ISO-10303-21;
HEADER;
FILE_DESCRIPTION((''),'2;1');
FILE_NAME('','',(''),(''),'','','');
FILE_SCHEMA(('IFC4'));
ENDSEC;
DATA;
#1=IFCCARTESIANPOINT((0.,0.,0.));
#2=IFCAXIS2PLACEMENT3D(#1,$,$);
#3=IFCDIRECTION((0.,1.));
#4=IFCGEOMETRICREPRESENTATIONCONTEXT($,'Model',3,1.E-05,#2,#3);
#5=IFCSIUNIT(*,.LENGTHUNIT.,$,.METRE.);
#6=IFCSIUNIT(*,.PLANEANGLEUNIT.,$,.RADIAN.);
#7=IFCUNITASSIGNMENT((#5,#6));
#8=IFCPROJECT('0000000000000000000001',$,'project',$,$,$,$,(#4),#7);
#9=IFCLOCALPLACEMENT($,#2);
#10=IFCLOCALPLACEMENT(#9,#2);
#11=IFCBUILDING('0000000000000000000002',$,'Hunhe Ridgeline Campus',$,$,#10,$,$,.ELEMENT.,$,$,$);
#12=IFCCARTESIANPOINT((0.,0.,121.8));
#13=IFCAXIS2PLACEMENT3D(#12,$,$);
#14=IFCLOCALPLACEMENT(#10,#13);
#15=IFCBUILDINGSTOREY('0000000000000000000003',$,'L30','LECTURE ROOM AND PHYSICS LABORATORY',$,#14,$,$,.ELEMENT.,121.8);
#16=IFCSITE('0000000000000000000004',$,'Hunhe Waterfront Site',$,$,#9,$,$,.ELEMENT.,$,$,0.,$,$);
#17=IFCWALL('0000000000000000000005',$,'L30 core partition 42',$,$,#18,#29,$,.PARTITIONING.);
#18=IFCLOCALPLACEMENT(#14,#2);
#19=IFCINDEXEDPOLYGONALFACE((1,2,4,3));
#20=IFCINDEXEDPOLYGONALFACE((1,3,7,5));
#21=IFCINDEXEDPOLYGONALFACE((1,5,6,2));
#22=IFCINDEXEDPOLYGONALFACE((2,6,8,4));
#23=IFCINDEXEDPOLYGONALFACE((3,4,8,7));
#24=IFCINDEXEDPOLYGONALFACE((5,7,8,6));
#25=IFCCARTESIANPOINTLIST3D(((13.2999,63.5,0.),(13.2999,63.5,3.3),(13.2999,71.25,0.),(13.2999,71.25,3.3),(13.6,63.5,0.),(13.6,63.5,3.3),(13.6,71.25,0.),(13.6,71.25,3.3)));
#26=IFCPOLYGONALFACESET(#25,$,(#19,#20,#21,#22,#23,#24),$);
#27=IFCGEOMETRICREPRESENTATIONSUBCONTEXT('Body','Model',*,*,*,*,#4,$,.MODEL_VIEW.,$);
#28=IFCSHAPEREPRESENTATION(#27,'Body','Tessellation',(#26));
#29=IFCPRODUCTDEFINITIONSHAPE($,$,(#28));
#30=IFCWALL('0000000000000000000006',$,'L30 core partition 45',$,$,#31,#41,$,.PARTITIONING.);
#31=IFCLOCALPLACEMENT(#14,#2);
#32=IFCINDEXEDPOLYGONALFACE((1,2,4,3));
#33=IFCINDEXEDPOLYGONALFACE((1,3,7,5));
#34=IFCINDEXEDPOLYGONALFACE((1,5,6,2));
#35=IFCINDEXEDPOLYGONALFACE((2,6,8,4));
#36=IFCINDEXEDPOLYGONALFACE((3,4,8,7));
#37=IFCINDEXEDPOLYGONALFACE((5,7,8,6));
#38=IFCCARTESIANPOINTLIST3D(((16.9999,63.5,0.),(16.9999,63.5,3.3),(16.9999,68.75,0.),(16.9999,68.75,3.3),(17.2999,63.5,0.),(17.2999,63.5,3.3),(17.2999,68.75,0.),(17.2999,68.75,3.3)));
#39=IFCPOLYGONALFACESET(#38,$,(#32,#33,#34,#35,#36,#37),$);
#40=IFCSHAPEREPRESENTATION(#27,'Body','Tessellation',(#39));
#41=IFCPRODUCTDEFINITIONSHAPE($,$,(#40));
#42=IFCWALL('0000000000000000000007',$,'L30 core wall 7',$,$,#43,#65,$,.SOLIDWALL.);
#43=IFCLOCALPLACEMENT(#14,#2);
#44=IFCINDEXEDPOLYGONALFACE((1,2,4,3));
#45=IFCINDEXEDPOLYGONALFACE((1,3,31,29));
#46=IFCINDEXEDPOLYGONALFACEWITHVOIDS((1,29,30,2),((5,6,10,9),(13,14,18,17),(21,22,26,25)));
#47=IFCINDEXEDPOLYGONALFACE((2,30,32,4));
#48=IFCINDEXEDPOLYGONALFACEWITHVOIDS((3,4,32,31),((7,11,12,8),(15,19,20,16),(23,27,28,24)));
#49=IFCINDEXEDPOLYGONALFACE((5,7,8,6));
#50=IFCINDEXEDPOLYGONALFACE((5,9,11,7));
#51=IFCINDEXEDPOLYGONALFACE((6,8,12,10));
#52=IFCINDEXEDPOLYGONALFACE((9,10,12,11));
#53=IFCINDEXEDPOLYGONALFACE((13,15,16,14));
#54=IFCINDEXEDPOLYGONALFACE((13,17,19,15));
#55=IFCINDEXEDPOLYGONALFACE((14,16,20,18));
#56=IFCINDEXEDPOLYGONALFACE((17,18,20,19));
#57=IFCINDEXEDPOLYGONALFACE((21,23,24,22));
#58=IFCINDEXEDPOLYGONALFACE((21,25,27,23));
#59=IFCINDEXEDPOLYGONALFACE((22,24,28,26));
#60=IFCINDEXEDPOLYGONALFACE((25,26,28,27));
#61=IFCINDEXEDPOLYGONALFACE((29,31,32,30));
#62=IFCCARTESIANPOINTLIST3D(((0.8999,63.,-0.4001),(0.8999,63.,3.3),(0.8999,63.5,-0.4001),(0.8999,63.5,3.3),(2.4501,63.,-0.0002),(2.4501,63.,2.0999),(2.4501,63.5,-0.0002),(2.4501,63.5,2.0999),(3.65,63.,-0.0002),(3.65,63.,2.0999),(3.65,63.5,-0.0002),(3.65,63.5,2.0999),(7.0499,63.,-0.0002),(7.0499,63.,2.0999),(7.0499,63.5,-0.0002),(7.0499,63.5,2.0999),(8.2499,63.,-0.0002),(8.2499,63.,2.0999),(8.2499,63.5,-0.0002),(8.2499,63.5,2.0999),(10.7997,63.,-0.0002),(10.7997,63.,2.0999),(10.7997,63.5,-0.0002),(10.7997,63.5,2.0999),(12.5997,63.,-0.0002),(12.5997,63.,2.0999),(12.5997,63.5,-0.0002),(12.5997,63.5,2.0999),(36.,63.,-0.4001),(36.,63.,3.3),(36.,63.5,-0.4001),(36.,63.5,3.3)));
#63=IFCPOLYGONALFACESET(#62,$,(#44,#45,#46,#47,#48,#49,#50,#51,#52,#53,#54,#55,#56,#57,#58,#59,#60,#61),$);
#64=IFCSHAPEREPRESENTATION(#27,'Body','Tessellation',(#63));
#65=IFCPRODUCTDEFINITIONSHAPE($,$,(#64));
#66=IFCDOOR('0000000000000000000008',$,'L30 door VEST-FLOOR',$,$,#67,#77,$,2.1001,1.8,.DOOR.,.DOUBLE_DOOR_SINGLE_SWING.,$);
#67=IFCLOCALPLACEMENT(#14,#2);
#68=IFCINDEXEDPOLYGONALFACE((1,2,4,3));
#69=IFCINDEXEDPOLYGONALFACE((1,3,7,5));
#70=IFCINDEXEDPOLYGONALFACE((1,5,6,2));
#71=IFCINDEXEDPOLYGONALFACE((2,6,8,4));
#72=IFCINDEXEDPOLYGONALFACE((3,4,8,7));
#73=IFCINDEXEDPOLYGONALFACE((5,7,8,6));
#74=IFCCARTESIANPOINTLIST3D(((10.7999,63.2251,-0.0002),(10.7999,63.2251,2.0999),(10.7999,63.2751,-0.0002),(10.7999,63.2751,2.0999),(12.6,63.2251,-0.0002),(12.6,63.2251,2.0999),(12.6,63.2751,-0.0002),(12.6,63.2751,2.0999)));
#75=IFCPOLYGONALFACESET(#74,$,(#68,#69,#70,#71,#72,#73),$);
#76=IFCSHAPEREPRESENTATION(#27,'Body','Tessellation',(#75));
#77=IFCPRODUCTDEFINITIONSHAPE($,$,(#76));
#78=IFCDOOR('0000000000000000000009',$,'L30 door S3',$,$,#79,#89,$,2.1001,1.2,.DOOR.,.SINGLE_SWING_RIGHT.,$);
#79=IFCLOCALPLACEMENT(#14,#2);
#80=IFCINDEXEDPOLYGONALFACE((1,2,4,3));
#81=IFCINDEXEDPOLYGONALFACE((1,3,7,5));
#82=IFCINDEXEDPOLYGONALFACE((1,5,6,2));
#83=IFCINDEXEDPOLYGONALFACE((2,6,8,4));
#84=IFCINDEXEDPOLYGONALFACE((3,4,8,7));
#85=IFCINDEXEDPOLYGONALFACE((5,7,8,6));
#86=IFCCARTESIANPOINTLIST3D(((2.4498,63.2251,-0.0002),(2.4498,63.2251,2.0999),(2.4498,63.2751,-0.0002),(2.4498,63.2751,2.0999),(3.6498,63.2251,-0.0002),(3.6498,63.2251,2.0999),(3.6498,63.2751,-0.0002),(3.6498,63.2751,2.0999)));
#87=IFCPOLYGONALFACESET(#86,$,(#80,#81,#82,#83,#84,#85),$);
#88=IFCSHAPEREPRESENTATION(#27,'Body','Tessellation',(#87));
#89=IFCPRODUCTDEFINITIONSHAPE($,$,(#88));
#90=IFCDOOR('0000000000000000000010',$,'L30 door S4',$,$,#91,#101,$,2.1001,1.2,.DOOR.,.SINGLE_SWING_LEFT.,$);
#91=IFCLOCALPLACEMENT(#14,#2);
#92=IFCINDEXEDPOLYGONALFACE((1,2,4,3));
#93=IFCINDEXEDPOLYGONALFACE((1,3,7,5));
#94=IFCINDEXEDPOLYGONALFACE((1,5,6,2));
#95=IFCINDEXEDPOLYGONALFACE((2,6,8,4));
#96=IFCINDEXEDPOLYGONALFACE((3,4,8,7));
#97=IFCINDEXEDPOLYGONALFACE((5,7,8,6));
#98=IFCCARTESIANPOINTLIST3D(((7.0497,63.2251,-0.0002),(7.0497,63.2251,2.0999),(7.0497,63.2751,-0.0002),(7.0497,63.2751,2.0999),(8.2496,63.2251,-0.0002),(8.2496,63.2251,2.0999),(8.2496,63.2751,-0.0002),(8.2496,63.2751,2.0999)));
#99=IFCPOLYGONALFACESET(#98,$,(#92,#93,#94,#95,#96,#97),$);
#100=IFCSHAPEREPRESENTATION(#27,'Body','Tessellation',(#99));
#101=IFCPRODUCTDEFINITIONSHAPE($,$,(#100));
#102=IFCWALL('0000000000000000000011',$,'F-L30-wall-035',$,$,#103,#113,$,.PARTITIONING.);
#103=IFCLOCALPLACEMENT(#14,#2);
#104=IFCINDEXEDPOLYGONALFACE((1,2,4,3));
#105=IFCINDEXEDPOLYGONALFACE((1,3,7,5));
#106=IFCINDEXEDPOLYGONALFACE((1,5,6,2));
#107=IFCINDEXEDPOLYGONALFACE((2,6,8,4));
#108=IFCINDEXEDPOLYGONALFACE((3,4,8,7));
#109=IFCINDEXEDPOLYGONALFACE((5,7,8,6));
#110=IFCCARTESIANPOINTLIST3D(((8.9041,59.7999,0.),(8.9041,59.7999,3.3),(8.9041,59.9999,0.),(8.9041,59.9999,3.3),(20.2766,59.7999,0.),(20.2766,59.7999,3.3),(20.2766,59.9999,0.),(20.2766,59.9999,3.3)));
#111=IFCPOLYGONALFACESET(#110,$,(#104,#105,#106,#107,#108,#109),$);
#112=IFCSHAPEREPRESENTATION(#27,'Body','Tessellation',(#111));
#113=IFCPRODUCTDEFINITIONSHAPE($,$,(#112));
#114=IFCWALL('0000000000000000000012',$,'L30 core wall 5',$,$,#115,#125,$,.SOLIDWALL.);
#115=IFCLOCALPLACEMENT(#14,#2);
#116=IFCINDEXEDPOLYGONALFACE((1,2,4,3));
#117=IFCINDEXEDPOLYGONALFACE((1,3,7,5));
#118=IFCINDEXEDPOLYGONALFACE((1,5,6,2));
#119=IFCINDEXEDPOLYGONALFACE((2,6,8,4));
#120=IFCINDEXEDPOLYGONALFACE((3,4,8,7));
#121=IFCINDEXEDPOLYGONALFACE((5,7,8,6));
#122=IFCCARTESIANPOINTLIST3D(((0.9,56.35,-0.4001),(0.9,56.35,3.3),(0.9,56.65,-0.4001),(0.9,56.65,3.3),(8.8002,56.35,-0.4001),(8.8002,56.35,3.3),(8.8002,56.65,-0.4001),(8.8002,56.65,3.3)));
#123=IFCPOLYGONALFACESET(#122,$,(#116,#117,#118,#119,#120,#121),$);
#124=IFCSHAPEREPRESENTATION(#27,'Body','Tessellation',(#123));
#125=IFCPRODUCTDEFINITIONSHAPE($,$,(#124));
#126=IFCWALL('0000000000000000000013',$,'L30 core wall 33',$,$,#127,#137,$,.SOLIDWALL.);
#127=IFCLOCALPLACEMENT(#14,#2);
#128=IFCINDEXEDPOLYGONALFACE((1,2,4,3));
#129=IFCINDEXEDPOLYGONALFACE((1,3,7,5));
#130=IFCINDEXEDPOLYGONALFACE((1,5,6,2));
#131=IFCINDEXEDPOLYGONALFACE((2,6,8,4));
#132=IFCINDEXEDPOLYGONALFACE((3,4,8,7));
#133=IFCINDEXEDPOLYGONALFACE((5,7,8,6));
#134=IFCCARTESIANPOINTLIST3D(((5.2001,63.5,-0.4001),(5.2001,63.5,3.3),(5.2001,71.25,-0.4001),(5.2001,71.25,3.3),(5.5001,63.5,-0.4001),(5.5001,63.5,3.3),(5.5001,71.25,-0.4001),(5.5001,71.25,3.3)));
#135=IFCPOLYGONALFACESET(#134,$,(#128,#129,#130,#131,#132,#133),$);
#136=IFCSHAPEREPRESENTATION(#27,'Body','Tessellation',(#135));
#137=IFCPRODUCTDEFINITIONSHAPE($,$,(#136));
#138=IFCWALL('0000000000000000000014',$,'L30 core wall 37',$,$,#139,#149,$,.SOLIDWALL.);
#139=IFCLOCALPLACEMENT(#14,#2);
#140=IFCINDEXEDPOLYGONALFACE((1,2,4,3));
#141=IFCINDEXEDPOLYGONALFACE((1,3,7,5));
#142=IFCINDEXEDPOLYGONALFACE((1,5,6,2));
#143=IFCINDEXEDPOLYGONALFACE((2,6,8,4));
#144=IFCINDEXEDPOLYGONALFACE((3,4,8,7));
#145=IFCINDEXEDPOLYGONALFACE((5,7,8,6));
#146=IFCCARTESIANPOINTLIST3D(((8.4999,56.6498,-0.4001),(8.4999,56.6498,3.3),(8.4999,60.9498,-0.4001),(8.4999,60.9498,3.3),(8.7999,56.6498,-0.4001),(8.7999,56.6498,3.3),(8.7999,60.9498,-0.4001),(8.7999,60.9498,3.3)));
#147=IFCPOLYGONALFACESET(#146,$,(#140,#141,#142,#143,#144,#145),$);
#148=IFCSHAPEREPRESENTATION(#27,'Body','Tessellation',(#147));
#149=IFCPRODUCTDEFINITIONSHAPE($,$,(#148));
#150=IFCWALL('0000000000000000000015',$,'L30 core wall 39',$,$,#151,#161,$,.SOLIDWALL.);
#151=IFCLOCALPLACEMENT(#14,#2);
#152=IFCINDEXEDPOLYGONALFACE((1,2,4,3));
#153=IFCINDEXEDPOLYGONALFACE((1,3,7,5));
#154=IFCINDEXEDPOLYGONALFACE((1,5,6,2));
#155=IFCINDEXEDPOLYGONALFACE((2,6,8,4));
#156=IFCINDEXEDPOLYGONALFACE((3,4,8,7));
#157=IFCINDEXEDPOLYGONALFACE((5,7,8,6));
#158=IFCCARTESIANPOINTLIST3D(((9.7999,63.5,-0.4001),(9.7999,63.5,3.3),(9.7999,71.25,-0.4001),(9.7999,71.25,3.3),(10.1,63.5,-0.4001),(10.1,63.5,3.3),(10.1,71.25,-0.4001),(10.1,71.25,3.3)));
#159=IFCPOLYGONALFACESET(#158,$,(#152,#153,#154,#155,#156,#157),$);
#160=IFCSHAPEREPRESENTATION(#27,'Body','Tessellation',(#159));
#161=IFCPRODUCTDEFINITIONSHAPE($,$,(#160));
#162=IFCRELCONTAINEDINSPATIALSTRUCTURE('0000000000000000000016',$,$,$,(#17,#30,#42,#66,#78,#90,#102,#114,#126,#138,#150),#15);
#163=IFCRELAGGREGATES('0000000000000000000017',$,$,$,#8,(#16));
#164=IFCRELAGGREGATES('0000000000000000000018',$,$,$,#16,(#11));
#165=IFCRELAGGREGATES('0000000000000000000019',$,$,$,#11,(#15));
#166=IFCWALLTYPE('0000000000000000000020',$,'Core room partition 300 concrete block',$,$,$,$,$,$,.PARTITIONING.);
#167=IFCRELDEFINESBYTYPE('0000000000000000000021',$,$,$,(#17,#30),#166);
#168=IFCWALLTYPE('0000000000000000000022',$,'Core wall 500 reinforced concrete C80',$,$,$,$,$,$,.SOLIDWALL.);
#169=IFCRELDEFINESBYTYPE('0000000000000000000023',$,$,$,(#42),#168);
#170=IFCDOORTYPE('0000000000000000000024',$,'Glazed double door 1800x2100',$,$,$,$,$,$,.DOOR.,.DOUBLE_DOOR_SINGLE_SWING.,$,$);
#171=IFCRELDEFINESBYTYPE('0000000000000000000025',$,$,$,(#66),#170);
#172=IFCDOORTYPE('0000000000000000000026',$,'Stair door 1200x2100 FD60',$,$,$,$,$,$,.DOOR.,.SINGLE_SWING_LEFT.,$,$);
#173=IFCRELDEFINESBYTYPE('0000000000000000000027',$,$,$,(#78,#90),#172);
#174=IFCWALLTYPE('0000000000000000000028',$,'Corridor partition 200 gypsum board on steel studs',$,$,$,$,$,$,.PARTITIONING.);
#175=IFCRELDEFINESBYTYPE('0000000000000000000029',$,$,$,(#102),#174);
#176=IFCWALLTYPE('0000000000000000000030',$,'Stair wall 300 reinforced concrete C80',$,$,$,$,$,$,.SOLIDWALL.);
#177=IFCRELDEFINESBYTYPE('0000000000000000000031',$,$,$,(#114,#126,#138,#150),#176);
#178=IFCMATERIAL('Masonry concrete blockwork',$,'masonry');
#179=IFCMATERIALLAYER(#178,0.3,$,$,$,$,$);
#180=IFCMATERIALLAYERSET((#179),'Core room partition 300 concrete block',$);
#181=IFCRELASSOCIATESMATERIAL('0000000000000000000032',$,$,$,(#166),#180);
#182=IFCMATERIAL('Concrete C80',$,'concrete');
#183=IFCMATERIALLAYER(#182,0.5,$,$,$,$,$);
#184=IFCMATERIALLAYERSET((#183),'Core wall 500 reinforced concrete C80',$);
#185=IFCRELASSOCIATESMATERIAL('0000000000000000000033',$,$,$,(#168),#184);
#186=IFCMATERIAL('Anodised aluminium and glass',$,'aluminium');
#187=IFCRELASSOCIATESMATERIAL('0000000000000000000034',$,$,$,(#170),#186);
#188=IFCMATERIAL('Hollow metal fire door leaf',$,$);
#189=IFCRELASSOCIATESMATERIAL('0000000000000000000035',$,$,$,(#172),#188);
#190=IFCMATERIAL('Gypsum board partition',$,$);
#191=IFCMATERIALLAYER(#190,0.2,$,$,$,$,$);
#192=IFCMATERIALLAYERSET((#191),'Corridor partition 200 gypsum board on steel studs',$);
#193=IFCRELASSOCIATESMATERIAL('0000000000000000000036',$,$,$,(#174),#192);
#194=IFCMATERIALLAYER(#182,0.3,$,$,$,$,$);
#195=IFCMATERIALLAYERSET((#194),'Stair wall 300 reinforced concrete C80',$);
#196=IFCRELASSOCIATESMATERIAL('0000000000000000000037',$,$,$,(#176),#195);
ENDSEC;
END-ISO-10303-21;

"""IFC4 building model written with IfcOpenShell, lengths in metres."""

from ifc_helpers import new_model, si_unit, direction, frame, frame_2d, origin, place, context, subcontext, project, spatial, rectangle, extrude, material, layer, layer_set, type_object, element, fill, save


model = new_model("IFC4")

# Units and contexts
model_context = context("Model", 3, precision=1e-05, world=origin(), true_north=direction((0.0, 1.0)))
body_context = subcontext(model_context, "Body", "Model", "MODEL_VIEW")
ifc_project = project(units=[si_unit("LENGTHUNIT", "METRE"), si_unit("PLANEANGLEUNIT", "RADIAN")], contexts=[model_context])

# Site, building, storey
site_placement = place(None, origin())
site = spatial("IfcSite", under=ifc_project, at=site_placement, Name="Hunhe Waterfront Site", CompositionType="ELEMENT", RefElevation=0.0)
building_placement = place(site_placement, origin())
building = spatial("IfcBuilding", under=site, at=building_placement, Name="Hunhe Ridgeline Campus", CompositionType="ELEMENT")
storey_placement = place(building_placement, frame((0.0, 0.0, 121.8)))
storey = spatial("IfcBuildingStorey", under=building, at=storey_placement, Name="L30", Description="LECTURE ROOM AND PHYSICS LABORATORY", CompositionType="ELEMENT", Elevation=121.8)

# Walls
ifc_material_1 = material(Name="Masonry concrete blockwork", Category="masonry")
ifc_layer_1 = layer(ifc_material_1, 0.3)
ifc_layer_set_1 = layer_set([ifc_layer_1], Name="Core room partition 300 concrete block")
wall_type_1 = type_object("IfcWallType", Name="Core room partition 300 concrete block", PredefinedType="PARTITIONING", material=ifc_layer_set_1)
wall_1_placement = place(storey_placement, frame((13.45, 63.5, 0.0), z_axis=(0.0, 0.0, 1.0), x_axis=(0.0, 1.0, 0.0)))
element("IfcWall", 1, at=wall_1_placement, inside=storey, type_object=wall_type_1, Name="L30 core partition 42", PredefinedType="PARTITIONING", context=body_context, shape_type="SweptSolid", body=[
    extrude(rectangle(XDim=7.75, YDim=0.3, at=frame_2d((3.875, 0.0))), origin(), (0.0, 0.0, 1.0), 3.3),
])
wall_2_placement = place(storey_placement, frame((17.1499, 63.5, 0.0), z_axis=(0.0, 0.0, 1.0), x_axis=(0.0, 1.0, 0.0)))
element("IfcWall", 2, at=wall_2_placement, inside=storey, type_object=wall_type_1, Name="L30 core partition 45", PredefinedType="PARTITIONING", context=body_context, shape_type="SweptSolid", body=[
    extrude(rectangle(XDim=5.25, YDim=0.3, at=frame_2d((2.625, 0.0))), origin(), (0.0, 0.0, 1.0), 3.3),
])

# Wall, openings, doors
ifc_material_2 = material(Name="Concrete C80", Category="concrete")
ifc_layer_2 = layer(ifc_material_2, 0.5)
ifc_layer_set_2 = layer_set([ifc_layer_2], Name="Core wall 500 reinforced concrete C80")
wall_type_2 = type_object("IfcWallType", Name="Core wall 500 reinforced concrete C80", PredefinedType="SOLIDWALL", material=ifc_layer_set_2)
wall_3_placement = place(storey_placement, frame((0.8999, 63.25, -0.4001), z_axis=(0.0, 0.0, 1.0), x_axis=(1.0, 0.0, 0.0)))
wall_3 = element("IfcWall", 3, at=wall_3_placement, inside=storey, type_object=wall_type_2, Name="L30 core wall 7", PredefinedType="SOLIDWALL", context=body_context, shape_type="SweptSolid", body=[
    extrude(rectangle(XDim=35.1001, YDim=0.5, at=frame_2d((17.55, 0.0))), origin(), (0.0, 0.0, 1.0), 3.7002),
])
opening_1_placement = place(wall_3_placement, frame((9.8999, 0.0, 0.3999)))
opening_1 = element("IfcOpeningElement", 4, at=opening_1_placement, cuts=wall_3, PredefinedType="OPENING", context=body_context, shape_type="SweptSolid", body=[
    extrude(rectangle(XDim=1.8, YDim=2.1001, at=frame_2d((0.8999, 1.05))), frame((0.0, 0.25, 0.0), z_axis=(0.0, -1.0, 0.0), x_axis=(1.0, 0.0, 0.0)), (0.0, 0.0, 1.0), 0.5),
])
opening_2_placement = place(wall_3_placement, frame((1.55, 0.0, 0.3999)))
opening_2 = element("IfcOpeningElement", 5, at=opening_2_placement, cuts=wall_3, PredefinedType="OPENING", context=body_context, shape_type="SweptSolid", body=[
    extrude(rectangle(XDim=1.2, YDim=2.1001, at=frame_2d((0.6001, 1.05))), frame((0.0, 0.25, 0.0), z_axis=(0.0, -1.0, 0.0), x_axis=(1.0, 0.0, 0.0)), (0.0, 0.0, 1.0), 0.5),
])
opening_3_placement = place(wall_3_placement, frame((6.1499, 0.0, 0.3999)))
opening_3 = element("IfcOpeningElement", 6, at=opening_3_placement, cuts=wall_3, PredefinedType="OPENING", context=body_context, shape_type="SweptSolid", body=[
    extrude(rectangle(XDim=1.2, YDim=2.1001, at=frame_2d((0.6001, 1.05))), frame((0.0, 0.25, 0.0), z_axis=(0.0, -1.0, 0.0), x_axis=(1.0, 0.0, 0.0)), (0.0, 0.0, 1.0), 0.5),
])
ifc_material_3 = material(Name="Anodised aluminium and glass", Category="aluminium")
door_type_1 = type_object("IfcDoorType", Name="Glazed double door 1800x2100", OperationType="DOUBLE_DOOR_SINGLE_SWING", PredefinedType="DOOR", material=ifc_material_3)
door_1_placement = place(opening_1_placement, frame((1.8, 0.0, 0.0), z_axis=(0.0, 0.0, 1.0), x_axis=(-1.0, 0.0, 0.0)))
door_1 = element("IfcDoor", 7, at=door_1_placement, inside=storey, type_object=door_type_1, Name="L30 door VEST-FLOOR", OperationType="DOUBLE_DOOR_SINGLE_SWING", OverallHeight=2.1001, OverallWidth=1.8, PredefinedType="DOOR", context=body_context, shape_type="SweptSolid", body=[
    extrude(rectangle(XDim=1.8, YDim=2.1001, at=frame_2d((0.8999, 1.05))), frame((0.0, 0.0249, 0.0), z_axis=(0.0, -1.0, 0.0), x_axis=(1.0, 0.0, 0.0)), (0.0, 0.0, 1.0), 0.05),
])
fill(opening_1, door_1)
ifc_material_4 = material(Name="Hollow metal fire door leaf")
door_type_2 = type_object("IfcDoorType", Name="Stair door 1200x2100 FD60", OperationType="SINGLE_SWING_LEFT", PredefinedType="DOOR", material=ifc_material_4)
door_2_placement = place(opening_2_placement, frame((1.2, 0.0, 0.0), z_axis=(0.0, 0.0, 1.0), x_axis=(-1.0, 0.0, 0.0)))
door_2 = element("IfcDoor", 8, at=door_2_placement, inside=storey, type_object=door_type_2, Name="L30 door S3", OperationType="SINGLE_SWING_RIGHT", OverallHeight=2.1001, OverallWidth=1.2, PredefinedType="DOOR", context=body_context, shape_type="SweptSolid", body=[
    extrude(rectangle(XDim=1.2, YDim=2.1001, at=frame_2d((0.6001, 1.05))), frame((0.0, 0.0249, 0.0), z_axis=(0.0, -1.0, 0.0), x_axis=(1.0, 0.0, 0.0)), (0.0, 0.0, 1.0), 0.05),
])
fill(opening_2, door_2)
door_3_placement = place(opening_3_placement, frame((1.2, 0.0, 0.0), z_axis=(0.0, 0.0, 1.0), x_axis=(-1.0, 0.0, 0.0)))
door_3 = element("IfcDoor", 9, at=door_3_placement, inside=storey, type_object=door_type_2, Name="L30 door S4", OperationType="SINGLE_SWING_LEFT", OverallHeight=2.1001, OverallWidth=1.2, PredefinedType="DOOR", context=body_context, shape_type="SweptSolid", body=[
    extrude(rectangle(XDim=1.2, YDim=2.1001, at=frame_2d((0.6001, 1.05))), frame((0.0, 0.0249, 0.0), z_axis=(0.0, -1.0, 0.0), x_axis=(1.0, 0.0, 0.0)), (0.0, 0.0, 1.0), 0.05),
])
fill(opening_3, door_3)

# Walls
ifc_material_5 = material(Name="Gypsum board partition")
ifc_layer_3 = layer(ifc_material_5, 0.2)
ifc_layer_set_3 = layer_set([ifc_layer_3], Name="Corridor partition 200 gypsum board on steel studs")
wall_type_3 = type_object("IfcWallType", Name="Corridor partition 200 gypsum board on steel studs", PredefinedType="PARTITIONING", material=ifc_layer_set_3)
wall_4_placement = place(storey_placement, frame((20.2766, 59.8999, 0.0), z_axis=(0.0, 0.0, 1.0), x_axis=(-1.0, 0.0, 0.0)))
element("IfcWall", 10, at=wall_4_placement, inside=storey, type_object=wall_type_3, Name="F-L30-wall-035", PredefinedType="PARTITIONING", context=body_context, shape_type="SweptSolid", body=[
    extrude(rectangle(XDim=11.3726, YDim=0.2, at=frame_2d((5.6863, 0.0))), origin(), (0.0, 0.0, 1.0), 3.3),
])
ifc_layer_4 = layer(ifc_material_2, 0.3)
ifc_layer_set_4 = layer_set([ifc_layer_4], Name="Stair wall 300 reinforced concrete C80")
wall_type_4 = type_object("IfcWallType", Name="Stair wall 300 reinforced concrete C80", PredefinedType="SOLIDWALL", material=ifc_layer_set_4)
wall_5_placement = place(storey_placement, frame((0.8999, 56.5, -0.4001), z_axis=(0.0, 0.0, 1.0), x_axis=(1.0, 0.0, 0.0)))
element("IfcWall", 11, at=wall_5_placement, inside=storey, type_object=wall_type_4, Name="L30 core wall 5", PredefinedType="SOLIDWALL", context=body_context, shape_type="SweptSolid", body=[
    extrude(rectangle(XDim=7.9001, YDim=0.3, at=frame_2d((3.9502, 0.0))), origin(), (0.0, 0.0, 1.0), 3.7002),
])

# Walls
wall_6_placement = place(storey_placement, frame((5.3501, 63.5, -0.4001), z_axis=(0.0, 0.0, 1.0), x_axis=(0.0, 1.0, 0.0)))
element("IfcWall", 12, at=wall_6_placement, inside=storey, type_object=wall_type_4, Name="L30 core wall 33", PredefinedType="SOLIDWALL", context=body_context, shape_type="SweptSolid", body=[
    extrude(rectangle(XDim=7.75, YDim=0.3, at=frame_2d((3.875, 0.0))), origin(), (0.0, 0.0, 1.0), 3.7002),
])
wall_7_placement = place(storey_placement, frame((8.6499, 56.6499, -0.4001), z_axis=(0.0, 0.0, 1.0), x_axis=(0.0, 1.0, 0.0)))
element("IfcWall", 13, at=wall_7_placement, inside=storey, type_object=wall_type_4, Name="L30 core wall 37", PredefinedType="SOLIDWALL", context=body_context, shape_type="SweptSolid", body=[
    extrude(rectangle(XDim=4.3, YDim=0.3, at=frame_2d((2.1499, 0.0))), origin(), (0.0, 0.0, 1.0), 3.7002),
])
wall_8_placement = place(storey_placement, frame((9.95, 63.5, -0.4001), z_axis=(0.0, 0.0, 1.0), x_axis=(0.0, 1.0, 0.0)))
element("IfcWall", 14, at=wall_8_placement, inside=storey, type_object=wall_type_4, Name="L30 core wall 39", PredefinedType="SOLIDWALL", context=body_context, shape_type="SweptSolid", body=[
    extrude(rectangle(XDim=7.75, YDim=0.3, at=frame_2d((3.875, 0.0))), origin(), (0.0, 0.0, 1.0), 3.7002),
])

save(model, "model.ifc")
